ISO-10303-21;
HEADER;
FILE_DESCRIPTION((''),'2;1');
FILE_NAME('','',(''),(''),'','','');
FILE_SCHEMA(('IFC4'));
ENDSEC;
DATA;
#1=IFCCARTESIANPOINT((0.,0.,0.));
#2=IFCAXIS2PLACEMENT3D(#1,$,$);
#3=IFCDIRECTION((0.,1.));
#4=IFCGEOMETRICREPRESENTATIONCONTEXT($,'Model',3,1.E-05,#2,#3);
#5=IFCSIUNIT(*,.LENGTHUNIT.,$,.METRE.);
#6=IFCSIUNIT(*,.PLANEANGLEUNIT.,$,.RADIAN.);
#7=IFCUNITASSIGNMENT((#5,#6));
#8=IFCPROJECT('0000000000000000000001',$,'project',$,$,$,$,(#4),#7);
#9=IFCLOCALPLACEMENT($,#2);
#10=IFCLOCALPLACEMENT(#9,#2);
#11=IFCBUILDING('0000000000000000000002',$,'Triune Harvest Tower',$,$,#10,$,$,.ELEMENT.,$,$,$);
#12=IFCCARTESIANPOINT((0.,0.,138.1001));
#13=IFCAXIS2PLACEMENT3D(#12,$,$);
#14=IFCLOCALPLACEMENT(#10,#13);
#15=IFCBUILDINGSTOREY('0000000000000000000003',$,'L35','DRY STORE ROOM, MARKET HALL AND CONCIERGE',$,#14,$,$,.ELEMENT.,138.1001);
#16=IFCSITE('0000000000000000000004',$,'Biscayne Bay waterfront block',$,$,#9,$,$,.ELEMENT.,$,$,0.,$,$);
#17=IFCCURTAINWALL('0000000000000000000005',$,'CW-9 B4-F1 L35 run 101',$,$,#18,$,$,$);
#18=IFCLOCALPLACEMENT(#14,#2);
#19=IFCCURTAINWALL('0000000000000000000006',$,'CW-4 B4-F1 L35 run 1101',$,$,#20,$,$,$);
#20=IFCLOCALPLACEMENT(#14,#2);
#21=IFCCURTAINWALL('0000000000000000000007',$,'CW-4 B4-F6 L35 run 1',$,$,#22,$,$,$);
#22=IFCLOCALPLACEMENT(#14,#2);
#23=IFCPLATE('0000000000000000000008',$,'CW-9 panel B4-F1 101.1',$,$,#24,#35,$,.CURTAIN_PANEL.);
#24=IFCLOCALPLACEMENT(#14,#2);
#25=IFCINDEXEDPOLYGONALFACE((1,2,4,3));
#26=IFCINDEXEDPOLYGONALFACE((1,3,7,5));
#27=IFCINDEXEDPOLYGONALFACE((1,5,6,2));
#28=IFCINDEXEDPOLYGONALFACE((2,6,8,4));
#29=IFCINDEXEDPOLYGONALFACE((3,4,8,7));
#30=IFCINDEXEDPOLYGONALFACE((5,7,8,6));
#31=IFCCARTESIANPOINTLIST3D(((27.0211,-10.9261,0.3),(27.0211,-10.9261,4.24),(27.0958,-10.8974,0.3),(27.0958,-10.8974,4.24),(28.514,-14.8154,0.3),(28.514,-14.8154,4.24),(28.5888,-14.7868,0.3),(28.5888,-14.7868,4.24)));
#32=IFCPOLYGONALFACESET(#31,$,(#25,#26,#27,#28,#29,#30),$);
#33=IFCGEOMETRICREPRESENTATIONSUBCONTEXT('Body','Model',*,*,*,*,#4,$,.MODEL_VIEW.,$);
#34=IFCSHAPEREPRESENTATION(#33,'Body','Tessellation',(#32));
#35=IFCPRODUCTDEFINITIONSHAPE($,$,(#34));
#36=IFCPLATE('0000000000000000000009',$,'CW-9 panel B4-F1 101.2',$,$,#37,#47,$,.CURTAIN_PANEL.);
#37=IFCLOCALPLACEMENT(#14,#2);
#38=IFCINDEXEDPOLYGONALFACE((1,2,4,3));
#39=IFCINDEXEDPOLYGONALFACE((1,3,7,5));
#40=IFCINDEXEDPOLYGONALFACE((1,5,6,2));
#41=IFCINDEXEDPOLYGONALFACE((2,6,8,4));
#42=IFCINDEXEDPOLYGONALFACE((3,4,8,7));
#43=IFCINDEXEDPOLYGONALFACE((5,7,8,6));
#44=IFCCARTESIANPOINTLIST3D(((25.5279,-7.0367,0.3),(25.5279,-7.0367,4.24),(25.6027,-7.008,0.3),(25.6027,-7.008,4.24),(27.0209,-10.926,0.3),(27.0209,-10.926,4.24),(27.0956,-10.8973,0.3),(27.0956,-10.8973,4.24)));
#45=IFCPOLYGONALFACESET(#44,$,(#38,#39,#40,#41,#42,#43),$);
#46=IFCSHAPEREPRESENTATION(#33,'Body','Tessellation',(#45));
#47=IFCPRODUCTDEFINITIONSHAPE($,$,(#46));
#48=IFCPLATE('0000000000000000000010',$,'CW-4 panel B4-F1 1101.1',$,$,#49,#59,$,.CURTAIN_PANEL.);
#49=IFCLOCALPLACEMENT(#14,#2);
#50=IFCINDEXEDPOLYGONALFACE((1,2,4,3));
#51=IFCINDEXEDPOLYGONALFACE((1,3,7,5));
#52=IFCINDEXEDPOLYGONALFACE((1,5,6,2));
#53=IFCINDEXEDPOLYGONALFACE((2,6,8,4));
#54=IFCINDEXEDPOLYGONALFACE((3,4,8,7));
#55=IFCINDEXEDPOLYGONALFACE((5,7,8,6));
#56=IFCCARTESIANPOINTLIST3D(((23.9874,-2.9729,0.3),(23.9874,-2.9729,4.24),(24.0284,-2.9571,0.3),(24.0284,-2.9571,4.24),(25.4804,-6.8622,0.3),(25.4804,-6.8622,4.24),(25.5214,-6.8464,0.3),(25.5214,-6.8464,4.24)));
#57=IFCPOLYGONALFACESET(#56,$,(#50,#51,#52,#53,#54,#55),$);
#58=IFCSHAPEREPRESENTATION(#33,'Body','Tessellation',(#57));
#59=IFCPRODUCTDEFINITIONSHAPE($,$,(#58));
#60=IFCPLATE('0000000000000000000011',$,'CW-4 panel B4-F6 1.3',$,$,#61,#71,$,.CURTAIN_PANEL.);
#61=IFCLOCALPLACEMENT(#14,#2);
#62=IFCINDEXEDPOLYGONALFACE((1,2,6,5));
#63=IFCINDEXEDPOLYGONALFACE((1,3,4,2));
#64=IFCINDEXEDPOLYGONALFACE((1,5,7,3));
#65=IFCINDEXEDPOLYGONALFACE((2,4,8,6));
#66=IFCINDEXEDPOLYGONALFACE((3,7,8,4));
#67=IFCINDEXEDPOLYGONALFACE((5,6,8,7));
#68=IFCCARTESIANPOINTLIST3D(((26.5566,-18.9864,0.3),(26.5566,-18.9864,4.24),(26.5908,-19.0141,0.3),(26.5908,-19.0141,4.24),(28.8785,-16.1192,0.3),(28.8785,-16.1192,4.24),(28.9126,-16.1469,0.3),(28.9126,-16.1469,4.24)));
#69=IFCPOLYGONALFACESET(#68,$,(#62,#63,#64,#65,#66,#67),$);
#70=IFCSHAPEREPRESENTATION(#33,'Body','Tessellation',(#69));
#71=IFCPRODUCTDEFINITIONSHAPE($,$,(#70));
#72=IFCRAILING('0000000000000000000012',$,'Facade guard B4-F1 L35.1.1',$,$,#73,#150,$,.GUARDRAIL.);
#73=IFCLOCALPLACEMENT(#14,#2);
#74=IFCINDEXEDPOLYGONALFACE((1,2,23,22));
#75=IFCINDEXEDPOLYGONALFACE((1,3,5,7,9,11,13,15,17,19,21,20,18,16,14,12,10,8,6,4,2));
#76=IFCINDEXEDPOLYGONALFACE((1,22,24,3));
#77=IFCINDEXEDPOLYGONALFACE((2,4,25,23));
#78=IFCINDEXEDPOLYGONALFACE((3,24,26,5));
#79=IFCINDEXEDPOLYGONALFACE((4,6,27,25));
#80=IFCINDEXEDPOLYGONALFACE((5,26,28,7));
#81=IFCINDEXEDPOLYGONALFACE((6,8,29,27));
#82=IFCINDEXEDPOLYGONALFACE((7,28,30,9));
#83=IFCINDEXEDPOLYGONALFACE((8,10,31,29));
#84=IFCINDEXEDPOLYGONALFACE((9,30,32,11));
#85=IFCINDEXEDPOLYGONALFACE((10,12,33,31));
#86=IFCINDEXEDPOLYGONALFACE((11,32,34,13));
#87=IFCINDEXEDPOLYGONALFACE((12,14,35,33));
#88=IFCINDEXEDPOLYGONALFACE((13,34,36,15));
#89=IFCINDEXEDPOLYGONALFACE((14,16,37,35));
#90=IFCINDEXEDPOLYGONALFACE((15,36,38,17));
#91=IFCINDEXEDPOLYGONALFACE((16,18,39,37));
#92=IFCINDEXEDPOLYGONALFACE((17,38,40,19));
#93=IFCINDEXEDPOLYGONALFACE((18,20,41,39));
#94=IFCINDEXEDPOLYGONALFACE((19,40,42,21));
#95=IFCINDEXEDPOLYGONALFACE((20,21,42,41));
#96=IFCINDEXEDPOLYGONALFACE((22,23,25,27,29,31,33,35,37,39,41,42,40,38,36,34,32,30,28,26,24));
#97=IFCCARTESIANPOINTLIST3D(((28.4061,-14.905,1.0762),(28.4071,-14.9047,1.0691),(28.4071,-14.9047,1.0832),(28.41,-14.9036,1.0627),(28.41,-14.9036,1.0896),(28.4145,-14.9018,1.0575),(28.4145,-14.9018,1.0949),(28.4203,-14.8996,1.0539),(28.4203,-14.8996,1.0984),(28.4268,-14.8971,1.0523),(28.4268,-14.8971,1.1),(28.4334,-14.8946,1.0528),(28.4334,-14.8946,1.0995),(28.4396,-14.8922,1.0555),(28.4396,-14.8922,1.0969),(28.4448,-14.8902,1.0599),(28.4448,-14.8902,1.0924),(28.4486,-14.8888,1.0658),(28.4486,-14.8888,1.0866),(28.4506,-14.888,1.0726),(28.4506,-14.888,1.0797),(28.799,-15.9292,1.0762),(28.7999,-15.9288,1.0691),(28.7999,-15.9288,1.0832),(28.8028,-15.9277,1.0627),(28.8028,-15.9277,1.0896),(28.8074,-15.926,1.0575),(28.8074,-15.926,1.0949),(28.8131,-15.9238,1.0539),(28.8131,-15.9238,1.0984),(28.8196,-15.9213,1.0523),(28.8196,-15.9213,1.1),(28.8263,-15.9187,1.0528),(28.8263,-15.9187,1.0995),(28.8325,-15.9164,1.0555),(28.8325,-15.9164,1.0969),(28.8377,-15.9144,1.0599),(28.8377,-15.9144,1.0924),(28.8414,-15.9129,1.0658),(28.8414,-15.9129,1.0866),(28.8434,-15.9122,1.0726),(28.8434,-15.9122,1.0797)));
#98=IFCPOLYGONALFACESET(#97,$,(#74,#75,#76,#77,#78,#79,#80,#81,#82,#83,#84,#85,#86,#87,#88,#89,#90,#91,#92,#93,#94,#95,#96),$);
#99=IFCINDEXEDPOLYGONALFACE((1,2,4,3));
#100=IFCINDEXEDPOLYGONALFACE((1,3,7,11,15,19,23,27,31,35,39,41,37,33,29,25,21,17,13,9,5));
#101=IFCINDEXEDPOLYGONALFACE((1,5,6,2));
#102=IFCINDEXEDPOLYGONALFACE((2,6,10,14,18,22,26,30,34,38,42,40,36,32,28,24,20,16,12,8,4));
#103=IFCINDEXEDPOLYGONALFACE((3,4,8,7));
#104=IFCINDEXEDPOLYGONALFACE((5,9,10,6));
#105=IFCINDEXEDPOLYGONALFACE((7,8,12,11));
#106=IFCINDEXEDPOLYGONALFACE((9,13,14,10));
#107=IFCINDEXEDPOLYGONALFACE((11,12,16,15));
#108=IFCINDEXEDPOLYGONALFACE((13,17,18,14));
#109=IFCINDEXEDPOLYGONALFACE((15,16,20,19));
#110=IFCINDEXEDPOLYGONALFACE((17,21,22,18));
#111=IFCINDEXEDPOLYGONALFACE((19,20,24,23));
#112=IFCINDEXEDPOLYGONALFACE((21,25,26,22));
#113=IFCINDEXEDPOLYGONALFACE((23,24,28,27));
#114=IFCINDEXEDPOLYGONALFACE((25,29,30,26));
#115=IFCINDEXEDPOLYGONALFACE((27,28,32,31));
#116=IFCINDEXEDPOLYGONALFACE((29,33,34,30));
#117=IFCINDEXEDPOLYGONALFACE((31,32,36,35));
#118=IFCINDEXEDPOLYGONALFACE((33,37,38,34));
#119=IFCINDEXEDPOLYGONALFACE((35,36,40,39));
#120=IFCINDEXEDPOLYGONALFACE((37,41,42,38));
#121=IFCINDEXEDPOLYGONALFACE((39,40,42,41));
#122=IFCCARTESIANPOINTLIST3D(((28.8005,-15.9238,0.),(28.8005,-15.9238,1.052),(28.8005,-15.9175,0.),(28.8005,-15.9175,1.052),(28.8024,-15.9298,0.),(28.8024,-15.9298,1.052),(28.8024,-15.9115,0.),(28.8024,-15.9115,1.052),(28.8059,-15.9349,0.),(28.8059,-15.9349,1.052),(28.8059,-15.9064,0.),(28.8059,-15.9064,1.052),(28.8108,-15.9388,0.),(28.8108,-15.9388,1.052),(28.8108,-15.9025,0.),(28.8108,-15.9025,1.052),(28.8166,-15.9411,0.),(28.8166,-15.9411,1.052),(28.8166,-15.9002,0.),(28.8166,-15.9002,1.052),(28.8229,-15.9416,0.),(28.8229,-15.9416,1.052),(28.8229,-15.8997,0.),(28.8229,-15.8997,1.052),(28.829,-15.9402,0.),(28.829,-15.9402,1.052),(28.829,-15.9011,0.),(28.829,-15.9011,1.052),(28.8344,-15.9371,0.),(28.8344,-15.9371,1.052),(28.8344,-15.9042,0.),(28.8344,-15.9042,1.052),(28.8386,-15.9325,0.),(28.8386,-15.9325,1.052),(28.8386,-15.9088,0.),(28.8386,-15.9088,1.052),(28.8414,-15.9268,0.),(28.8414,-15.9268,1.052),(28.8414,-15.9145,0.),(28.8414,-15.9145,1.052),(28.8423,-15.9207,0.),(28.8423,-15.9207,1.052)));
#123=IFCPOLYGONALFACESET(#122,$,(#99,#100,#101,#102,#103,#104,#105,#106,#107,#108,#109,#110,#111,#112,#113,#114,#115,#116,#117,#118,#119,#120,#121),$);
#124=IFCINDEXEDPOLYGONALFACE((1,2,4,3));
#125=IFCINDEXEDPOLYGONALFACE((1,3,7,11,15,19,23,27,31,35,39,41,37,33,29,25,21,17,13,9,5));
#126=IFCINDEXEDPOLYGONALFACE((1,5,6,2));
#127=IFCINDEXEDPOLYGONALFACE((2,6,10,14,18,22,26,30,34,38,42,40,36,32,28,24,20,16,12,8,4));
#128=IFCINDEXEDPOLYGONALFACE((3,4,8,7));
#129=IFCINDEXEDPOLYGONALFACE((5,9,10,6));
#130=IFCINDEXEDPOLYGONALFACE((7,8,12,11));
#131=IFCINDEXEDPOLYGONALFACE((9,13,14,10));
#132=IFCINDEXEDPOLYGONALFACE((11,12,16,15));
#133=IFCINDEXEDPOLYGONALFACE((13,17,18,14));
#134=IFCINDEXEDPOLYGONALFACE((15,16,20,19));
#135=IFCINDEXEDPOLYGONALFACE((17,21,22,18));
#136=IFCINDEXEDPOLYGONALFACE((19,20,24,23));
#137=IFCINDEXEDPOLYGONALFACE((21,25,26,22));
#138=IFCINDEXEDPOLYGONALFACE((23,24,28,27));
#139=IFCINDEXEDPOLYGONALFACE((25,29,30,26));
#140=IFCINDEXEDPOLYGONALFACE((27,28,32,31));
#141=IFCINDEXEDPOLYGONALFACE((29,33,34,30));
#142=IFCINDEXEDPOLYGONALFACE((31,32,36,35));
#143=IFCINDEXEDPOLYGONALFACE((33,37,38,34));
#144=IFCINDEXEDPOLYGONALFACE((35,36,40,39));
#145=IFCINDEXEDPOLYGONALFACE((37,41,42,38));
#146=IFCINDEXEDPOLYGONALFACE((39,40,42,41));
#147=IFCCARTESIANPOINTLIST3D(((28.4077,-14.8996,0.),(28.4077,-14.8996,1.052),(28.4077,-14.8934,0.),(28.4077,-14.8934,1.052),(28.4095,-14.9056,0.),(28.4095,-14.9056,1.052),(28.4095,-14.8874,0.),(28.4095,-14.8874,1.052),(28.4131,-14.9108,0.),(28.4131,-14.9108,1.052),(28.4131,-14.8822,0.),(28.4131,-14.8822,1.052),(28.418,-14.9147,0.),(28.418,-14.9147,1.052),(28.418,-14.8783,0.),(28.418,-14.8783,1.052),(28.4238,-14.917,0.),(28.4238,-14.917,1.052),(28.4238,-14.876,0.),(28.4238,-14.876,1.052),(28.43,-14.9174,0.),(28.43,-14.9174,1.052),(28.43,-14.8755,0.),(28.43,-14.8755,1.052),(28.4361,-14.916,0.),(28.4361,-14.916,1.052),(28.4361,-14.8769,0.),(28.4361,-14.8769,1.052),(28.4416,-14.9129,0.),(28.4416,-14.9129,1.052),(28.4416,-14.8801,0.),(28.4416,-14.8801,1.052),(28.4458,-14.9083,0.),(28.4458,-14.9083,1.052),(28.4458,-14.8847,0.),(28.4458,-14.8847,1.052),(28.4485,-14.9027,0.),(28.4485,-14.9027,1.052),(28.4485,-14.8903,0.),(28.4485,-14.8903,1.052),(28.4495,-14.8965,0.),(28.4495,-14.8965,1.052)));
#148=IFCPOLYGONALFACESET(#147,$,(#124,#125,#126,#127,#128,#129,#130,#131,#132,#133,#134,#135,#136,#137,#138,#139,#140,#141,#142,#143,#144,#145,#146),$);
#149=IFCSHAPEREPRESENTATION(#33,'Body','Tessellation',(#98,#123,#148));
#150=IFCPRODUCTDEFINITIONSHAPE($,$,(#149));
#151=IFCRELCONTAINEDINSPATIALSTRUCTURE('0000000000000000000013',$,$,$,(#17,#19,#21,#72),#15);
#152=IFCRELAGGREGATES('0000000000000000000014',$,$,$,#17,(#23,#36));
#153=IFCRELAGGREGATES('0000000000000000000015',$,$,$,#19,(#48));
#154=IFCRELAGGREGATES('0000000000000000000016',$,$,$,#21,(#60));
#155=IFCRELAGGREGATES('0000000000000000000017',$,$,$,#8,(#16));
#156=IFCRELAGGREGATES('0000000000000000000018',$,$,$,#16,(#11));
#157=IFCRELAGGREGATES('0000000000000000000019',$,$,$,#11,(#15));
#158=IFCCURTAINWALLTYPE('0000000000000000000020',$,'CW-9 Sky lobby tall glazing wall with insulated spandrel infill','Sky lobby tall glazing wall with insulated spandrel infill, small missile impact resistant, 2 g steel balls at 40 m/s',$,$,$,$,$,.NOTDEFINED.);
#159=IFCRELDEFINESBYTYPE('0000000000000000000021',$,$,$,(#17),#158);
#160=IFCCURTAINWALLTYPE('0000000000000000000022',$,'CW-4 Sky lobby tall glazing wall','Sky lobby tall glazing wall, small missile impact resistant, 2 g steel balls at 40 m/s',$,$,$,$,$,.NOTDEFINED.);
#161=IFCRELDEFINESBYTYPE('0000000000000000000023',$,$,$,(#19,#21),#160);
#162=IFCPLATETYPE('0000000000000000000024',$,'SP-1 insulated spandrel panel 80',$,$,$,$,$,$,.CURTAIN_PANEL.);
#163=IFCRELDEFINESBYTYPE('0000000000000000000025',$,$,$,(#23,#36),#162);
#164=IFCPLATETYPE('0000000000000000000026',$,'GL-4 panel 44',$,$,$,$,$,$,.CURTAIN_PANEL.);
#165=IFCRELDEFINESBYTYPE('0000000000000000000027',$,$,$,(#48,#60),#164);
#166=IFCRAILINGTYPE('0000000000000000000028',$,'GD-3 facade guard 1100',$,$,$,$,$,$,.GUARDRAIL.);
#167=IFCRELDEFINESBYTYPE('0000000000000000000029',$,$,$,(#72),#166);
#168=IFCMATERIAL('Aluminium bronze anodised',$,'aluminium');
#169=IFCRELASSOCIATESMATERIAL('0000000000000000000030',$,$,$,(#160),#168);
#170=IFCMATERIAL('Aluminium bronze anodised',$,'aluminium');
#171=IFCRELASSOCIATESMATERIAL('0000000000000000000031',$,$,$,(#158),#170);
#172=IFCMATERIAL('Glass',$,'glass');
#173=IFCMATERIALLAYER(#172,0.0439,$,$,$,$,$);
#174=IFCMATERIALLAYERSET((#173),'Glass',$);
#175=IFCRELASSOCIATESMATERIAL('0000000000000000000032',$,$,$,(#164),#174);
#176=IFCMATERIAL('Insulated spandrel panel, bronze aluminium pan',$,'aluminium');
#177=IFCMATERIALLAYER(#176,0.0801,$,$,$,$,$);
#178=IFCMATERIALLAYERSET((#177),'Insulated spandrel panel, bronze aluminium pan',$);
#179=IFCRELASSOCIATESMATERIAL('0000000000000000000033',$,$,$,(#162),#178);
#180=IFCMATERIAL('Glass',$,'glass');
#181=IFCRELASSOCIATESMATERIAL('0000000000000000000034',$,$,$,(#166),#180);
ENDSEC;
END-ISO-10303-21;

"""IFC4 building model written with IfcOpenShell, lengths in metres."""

from ifc_helpers import new_model, si_unit, direction, frame, origin, origin_2d, place, context, subcontext, project, spatial, rectangle, circle, extrude, source, transform, mapped, material, layer, layer_set, type_object, element, aggregate, save


model = new_model("IFC4")

# Units and contexts
model_context = context("Model", 3, precision=1e-05, world=origin(), true_north=direction((0.0, 1.0)))
body_context = subcontext(model_context, "Body", "Model", "MODEL_VIEW")
ifc_project = project(units=[si_unit("LENGTHUNIT", "METRE"), si_unit("PLANEANGLEUNIT", "RADIAN")], contexts=[model_context])

# Site, building, storey
site_placement = place(None, origin())
site = spatial("IfcSite", under=ifc_project, at=site_placement, Name="Biscayne Bay waterfront block", CompositionType="ELEMENT", RefElevation=0.0)
building_placement = place(site_placement, origin())
building = spatial("IfcBuilding", under=site, at=building_placement, Name="Triune Harvest Tower", CompositionType="ELEMENT")
storey_placement = place(building_placement, frame((0.0, 0.0, 138.1001)))
storey = spatial("IfcBuildingStorey", under=building, at=storey_placement, Name="L35", Description="DRY STORE ROOM, MARKET HALL AND CONCIERGE", CompositionType="ELEMENT", Elevation=138.1001)

# Curtain wall
ifc_material_1 = material(Name="Aluminium bronze anodised", Category="aluminium")
curtain_wall_type_1 = type_object("IfcCurtainWallType", Name="CW-4 Sky lobby tall glazing wall", Description="Sky lobby tall glazing wall, small missile impact resistant, 2 g steel balls at 40 m/s", PredefinedType="NOTDEFINED", material=ifc_material_1)
ifc_material_2 = material(Name="Aluminium bronze anodised", Category="aluminium")
curtain_wall_type_2 = type_object("IfcCurtainWallType", Name="CW-9 Sky lobby tall glazing wall with insulated spandrel infill", Description="Sky lobby tall glazing wall with insulated spandrel infill, small missile impact resistant, 2 g steel balls at 40 m/s", PredefinedType="NOTDEFINED", material=ifc_material_2)
curtain_wall_1_placement = place(storey_placement, origin())
curtain_wall_1 = element("IfcCurtainWall", 1, at=curtain_wall_1_placement, inside=storey, type_object=curtain_wall_type_2, Name="CW-9 B4-F1 L35 run 101")

# Curtain walls
curtain_wall_2_placement = place(storey_placement, origin())
curtain_wall_2 = element("IfcCurtainWall", 2, at=curtain_wall_2_placement, inside=storey, type_object=curtain_wall_type_1, Name="CW-4 B4-F1 L35 run 1101")
curtain_wall_3_placement = place(storey_placement, origin())
curtain_wall_3 = element("IfcCurtainWall", 3, at=curtain_wall_3_placement, inside=storey, type_object=curtain_wall_type_1, Name="CW-4 B4-F6 L35 run 1")

# Plates
ifc_material_3 = material(Name="Glass", Category="glass")
ifc_layer_1 = layer(ifc_material_3, 0.0439)
ifc_layer_set_1 = layer_set([ifc_layer_1], Name="Glass")
plate_type_1 = type_object("IfcPlateType", Name="GL-4 panel 44", PredefinedType="CURTAIN_PANEL", material=ifc_layer_set_1)
ifc_material_4 = material(Name="Insulated spandrel panel, bronze aluminium pan", Category="aluminium")
ifc_layer_2 = layer(ifc_material_4, 0.0801)
ifc_layer_set_2 = layer_set([ifc_layer_2], Name="Insulated spandrel panel, bronze aluminium pan")
plate_type_2 = type_object("IfcPlateType", Name="SP-1 insulated spandrel panel 80", PredefinedType="CURTAIN_PANEL", material=ifc_layer_set_2)
shared_shape_1 = source(origin(), body_context, "Body", "SweptSolid", [
    extrude(rectangle(XDim=4.166, YDim=0.0801, at=origin_2d()), origin(), (0.0, 0.0, 1.0), 3.9399),
])
plate_1_placement = place(storey_placement, frame((27.8049, -12.8564, 0.3), z_axis=(0.0, 0.0, 1.0), x_axis=(-0.358369, 0.93358, 0.0)))
plate_1 = element("IfcPlate", 4, at=plate_1_placement, type_object=plate_type_2, Name="CW-9 panel B4-F1 101.1", PredefinedType="CURTAIN_PANEL", context=body_context, shape_type="MappedRepresentation", body=[
    mapped(shared_shape_1, transform((0.0, 0.0, 0.0), scale=1.0)),
])
plate_2_placement = place(storey_placement, frame((26.3118, -8.967, 0.3), z_axis=(0.0, 0.0, 1.0), x_axis=(-0.358369, 0.93358, 0.0)))
plate_2 = element("IfcPlate", 5, at=plate_2_placement, type_object=plate_type_2, Name="CW-9 panel B4-F1 101.2", PredefinedType="CURTAIN_PANEL", context=body_context, shape_type="MappedRepresentation", body=[
    mapped(shared_shape_1, transform((0.0, 0.0, 0.0), scale=1.0)),
])
aggregate(curtain_wall_1, [plate_1, plate_2])
shared_shape_2 = source(origin(), body_context, "Body", "SweptSolid", [
    extrude(rectangle(XDim=4.166, YDim=0.0439, at=origin_2d()), origin(), (0.0, 0.0, 1.0), 3.9399),
])
plate_3_placement = place(storey_placement, frame((24.7544, -4.9097, 0.3), z_axis=(0.0, 0.0, 1.0), x_axis=(-0.358369, 0.93358, 0.0)))
plate_3 = element("IfcPlate", 6, at=plate_3_placement, type_object=plate_type_1, Name="CW-4 panel B4-F1 1101.1", PredefinedType="CURTAIN_PANEL", context=body_context, shape_type="MappedRepresentation", body=[
    mapped(shared_shape_2, transform((0.0, 0.0, 0.0), scale=1.0)),
])
aggregate(curtain_wall_2, [plate_3])
shared_shape_3 = source(origin(), body_context, "Body", "SweptSolid", [
    extrude(rectangle(XDim=3.6895, YDim=0.0439, at=origin_2d()), origin(), (0.0, 0.0, 1.0), 3.9399),
])
plate_4_placement = place(storey_placement, frame((27.7346, -17.5667, 0.3), z_axis=(0.0, 0.0, 1.0), x_axis=(0.629321, 0.777146, 0.0)))
plate_4 = element("IfcPlate", 7, at=plate_4_placement, type_object=plate_type_1, Name="CW-4 panel B4-F6 1.3", PredefinedType="CURTAIN_PANEL", context=body_context, shape_type="MappedRepresentation", body=[
    mapped(shared_shape_3, transform((0.0, 0.0, 0.0), scale=1.0)),
])
aggregate(curtain_wall_3, [plate_4])

# Railing
ifc_material_5 = material(Name="Glass", Category="glass")
railing_type = type_object("IfcRailingType", Name="GD-3 facade guard 1100", PredefinedType="GUARDRAIL", material=ifc_material_5)
railing_placement = place(storey_placement, frame((28.8213, -15.9207, 0.0)))
element("IfcRailing", 8, at=railing_placement, inside=storey, type_object=railing_type, Name="Facade guard B4-F1 L35.1.1", PredefinedType="GUARDRAIL", context=body_context, shape_type="SweptSolid", body=[
    extrude(circle(Radius=0.0239, at=origin_2d()), frame((0.0, 0.0, 1.0762), z_axis=(-0.358114, 0.933678, 0.0), x_axis=(-0.933678, -0.358114, 0.0)), (0.0, 0.0, 1.0), 1.0969),
    extrude(circle(Radius=0.021, at=origin_2d()), origin(), (0.0, 0.0, 1.0), 1.052),
    extrude(circle(Radius=0.021, at=origin_2d()), frame((-0.3928, 1.0242, 0.0)), (0.0, 0.0, 1.0), 1.052),
])

save(model, "model.ifc")
